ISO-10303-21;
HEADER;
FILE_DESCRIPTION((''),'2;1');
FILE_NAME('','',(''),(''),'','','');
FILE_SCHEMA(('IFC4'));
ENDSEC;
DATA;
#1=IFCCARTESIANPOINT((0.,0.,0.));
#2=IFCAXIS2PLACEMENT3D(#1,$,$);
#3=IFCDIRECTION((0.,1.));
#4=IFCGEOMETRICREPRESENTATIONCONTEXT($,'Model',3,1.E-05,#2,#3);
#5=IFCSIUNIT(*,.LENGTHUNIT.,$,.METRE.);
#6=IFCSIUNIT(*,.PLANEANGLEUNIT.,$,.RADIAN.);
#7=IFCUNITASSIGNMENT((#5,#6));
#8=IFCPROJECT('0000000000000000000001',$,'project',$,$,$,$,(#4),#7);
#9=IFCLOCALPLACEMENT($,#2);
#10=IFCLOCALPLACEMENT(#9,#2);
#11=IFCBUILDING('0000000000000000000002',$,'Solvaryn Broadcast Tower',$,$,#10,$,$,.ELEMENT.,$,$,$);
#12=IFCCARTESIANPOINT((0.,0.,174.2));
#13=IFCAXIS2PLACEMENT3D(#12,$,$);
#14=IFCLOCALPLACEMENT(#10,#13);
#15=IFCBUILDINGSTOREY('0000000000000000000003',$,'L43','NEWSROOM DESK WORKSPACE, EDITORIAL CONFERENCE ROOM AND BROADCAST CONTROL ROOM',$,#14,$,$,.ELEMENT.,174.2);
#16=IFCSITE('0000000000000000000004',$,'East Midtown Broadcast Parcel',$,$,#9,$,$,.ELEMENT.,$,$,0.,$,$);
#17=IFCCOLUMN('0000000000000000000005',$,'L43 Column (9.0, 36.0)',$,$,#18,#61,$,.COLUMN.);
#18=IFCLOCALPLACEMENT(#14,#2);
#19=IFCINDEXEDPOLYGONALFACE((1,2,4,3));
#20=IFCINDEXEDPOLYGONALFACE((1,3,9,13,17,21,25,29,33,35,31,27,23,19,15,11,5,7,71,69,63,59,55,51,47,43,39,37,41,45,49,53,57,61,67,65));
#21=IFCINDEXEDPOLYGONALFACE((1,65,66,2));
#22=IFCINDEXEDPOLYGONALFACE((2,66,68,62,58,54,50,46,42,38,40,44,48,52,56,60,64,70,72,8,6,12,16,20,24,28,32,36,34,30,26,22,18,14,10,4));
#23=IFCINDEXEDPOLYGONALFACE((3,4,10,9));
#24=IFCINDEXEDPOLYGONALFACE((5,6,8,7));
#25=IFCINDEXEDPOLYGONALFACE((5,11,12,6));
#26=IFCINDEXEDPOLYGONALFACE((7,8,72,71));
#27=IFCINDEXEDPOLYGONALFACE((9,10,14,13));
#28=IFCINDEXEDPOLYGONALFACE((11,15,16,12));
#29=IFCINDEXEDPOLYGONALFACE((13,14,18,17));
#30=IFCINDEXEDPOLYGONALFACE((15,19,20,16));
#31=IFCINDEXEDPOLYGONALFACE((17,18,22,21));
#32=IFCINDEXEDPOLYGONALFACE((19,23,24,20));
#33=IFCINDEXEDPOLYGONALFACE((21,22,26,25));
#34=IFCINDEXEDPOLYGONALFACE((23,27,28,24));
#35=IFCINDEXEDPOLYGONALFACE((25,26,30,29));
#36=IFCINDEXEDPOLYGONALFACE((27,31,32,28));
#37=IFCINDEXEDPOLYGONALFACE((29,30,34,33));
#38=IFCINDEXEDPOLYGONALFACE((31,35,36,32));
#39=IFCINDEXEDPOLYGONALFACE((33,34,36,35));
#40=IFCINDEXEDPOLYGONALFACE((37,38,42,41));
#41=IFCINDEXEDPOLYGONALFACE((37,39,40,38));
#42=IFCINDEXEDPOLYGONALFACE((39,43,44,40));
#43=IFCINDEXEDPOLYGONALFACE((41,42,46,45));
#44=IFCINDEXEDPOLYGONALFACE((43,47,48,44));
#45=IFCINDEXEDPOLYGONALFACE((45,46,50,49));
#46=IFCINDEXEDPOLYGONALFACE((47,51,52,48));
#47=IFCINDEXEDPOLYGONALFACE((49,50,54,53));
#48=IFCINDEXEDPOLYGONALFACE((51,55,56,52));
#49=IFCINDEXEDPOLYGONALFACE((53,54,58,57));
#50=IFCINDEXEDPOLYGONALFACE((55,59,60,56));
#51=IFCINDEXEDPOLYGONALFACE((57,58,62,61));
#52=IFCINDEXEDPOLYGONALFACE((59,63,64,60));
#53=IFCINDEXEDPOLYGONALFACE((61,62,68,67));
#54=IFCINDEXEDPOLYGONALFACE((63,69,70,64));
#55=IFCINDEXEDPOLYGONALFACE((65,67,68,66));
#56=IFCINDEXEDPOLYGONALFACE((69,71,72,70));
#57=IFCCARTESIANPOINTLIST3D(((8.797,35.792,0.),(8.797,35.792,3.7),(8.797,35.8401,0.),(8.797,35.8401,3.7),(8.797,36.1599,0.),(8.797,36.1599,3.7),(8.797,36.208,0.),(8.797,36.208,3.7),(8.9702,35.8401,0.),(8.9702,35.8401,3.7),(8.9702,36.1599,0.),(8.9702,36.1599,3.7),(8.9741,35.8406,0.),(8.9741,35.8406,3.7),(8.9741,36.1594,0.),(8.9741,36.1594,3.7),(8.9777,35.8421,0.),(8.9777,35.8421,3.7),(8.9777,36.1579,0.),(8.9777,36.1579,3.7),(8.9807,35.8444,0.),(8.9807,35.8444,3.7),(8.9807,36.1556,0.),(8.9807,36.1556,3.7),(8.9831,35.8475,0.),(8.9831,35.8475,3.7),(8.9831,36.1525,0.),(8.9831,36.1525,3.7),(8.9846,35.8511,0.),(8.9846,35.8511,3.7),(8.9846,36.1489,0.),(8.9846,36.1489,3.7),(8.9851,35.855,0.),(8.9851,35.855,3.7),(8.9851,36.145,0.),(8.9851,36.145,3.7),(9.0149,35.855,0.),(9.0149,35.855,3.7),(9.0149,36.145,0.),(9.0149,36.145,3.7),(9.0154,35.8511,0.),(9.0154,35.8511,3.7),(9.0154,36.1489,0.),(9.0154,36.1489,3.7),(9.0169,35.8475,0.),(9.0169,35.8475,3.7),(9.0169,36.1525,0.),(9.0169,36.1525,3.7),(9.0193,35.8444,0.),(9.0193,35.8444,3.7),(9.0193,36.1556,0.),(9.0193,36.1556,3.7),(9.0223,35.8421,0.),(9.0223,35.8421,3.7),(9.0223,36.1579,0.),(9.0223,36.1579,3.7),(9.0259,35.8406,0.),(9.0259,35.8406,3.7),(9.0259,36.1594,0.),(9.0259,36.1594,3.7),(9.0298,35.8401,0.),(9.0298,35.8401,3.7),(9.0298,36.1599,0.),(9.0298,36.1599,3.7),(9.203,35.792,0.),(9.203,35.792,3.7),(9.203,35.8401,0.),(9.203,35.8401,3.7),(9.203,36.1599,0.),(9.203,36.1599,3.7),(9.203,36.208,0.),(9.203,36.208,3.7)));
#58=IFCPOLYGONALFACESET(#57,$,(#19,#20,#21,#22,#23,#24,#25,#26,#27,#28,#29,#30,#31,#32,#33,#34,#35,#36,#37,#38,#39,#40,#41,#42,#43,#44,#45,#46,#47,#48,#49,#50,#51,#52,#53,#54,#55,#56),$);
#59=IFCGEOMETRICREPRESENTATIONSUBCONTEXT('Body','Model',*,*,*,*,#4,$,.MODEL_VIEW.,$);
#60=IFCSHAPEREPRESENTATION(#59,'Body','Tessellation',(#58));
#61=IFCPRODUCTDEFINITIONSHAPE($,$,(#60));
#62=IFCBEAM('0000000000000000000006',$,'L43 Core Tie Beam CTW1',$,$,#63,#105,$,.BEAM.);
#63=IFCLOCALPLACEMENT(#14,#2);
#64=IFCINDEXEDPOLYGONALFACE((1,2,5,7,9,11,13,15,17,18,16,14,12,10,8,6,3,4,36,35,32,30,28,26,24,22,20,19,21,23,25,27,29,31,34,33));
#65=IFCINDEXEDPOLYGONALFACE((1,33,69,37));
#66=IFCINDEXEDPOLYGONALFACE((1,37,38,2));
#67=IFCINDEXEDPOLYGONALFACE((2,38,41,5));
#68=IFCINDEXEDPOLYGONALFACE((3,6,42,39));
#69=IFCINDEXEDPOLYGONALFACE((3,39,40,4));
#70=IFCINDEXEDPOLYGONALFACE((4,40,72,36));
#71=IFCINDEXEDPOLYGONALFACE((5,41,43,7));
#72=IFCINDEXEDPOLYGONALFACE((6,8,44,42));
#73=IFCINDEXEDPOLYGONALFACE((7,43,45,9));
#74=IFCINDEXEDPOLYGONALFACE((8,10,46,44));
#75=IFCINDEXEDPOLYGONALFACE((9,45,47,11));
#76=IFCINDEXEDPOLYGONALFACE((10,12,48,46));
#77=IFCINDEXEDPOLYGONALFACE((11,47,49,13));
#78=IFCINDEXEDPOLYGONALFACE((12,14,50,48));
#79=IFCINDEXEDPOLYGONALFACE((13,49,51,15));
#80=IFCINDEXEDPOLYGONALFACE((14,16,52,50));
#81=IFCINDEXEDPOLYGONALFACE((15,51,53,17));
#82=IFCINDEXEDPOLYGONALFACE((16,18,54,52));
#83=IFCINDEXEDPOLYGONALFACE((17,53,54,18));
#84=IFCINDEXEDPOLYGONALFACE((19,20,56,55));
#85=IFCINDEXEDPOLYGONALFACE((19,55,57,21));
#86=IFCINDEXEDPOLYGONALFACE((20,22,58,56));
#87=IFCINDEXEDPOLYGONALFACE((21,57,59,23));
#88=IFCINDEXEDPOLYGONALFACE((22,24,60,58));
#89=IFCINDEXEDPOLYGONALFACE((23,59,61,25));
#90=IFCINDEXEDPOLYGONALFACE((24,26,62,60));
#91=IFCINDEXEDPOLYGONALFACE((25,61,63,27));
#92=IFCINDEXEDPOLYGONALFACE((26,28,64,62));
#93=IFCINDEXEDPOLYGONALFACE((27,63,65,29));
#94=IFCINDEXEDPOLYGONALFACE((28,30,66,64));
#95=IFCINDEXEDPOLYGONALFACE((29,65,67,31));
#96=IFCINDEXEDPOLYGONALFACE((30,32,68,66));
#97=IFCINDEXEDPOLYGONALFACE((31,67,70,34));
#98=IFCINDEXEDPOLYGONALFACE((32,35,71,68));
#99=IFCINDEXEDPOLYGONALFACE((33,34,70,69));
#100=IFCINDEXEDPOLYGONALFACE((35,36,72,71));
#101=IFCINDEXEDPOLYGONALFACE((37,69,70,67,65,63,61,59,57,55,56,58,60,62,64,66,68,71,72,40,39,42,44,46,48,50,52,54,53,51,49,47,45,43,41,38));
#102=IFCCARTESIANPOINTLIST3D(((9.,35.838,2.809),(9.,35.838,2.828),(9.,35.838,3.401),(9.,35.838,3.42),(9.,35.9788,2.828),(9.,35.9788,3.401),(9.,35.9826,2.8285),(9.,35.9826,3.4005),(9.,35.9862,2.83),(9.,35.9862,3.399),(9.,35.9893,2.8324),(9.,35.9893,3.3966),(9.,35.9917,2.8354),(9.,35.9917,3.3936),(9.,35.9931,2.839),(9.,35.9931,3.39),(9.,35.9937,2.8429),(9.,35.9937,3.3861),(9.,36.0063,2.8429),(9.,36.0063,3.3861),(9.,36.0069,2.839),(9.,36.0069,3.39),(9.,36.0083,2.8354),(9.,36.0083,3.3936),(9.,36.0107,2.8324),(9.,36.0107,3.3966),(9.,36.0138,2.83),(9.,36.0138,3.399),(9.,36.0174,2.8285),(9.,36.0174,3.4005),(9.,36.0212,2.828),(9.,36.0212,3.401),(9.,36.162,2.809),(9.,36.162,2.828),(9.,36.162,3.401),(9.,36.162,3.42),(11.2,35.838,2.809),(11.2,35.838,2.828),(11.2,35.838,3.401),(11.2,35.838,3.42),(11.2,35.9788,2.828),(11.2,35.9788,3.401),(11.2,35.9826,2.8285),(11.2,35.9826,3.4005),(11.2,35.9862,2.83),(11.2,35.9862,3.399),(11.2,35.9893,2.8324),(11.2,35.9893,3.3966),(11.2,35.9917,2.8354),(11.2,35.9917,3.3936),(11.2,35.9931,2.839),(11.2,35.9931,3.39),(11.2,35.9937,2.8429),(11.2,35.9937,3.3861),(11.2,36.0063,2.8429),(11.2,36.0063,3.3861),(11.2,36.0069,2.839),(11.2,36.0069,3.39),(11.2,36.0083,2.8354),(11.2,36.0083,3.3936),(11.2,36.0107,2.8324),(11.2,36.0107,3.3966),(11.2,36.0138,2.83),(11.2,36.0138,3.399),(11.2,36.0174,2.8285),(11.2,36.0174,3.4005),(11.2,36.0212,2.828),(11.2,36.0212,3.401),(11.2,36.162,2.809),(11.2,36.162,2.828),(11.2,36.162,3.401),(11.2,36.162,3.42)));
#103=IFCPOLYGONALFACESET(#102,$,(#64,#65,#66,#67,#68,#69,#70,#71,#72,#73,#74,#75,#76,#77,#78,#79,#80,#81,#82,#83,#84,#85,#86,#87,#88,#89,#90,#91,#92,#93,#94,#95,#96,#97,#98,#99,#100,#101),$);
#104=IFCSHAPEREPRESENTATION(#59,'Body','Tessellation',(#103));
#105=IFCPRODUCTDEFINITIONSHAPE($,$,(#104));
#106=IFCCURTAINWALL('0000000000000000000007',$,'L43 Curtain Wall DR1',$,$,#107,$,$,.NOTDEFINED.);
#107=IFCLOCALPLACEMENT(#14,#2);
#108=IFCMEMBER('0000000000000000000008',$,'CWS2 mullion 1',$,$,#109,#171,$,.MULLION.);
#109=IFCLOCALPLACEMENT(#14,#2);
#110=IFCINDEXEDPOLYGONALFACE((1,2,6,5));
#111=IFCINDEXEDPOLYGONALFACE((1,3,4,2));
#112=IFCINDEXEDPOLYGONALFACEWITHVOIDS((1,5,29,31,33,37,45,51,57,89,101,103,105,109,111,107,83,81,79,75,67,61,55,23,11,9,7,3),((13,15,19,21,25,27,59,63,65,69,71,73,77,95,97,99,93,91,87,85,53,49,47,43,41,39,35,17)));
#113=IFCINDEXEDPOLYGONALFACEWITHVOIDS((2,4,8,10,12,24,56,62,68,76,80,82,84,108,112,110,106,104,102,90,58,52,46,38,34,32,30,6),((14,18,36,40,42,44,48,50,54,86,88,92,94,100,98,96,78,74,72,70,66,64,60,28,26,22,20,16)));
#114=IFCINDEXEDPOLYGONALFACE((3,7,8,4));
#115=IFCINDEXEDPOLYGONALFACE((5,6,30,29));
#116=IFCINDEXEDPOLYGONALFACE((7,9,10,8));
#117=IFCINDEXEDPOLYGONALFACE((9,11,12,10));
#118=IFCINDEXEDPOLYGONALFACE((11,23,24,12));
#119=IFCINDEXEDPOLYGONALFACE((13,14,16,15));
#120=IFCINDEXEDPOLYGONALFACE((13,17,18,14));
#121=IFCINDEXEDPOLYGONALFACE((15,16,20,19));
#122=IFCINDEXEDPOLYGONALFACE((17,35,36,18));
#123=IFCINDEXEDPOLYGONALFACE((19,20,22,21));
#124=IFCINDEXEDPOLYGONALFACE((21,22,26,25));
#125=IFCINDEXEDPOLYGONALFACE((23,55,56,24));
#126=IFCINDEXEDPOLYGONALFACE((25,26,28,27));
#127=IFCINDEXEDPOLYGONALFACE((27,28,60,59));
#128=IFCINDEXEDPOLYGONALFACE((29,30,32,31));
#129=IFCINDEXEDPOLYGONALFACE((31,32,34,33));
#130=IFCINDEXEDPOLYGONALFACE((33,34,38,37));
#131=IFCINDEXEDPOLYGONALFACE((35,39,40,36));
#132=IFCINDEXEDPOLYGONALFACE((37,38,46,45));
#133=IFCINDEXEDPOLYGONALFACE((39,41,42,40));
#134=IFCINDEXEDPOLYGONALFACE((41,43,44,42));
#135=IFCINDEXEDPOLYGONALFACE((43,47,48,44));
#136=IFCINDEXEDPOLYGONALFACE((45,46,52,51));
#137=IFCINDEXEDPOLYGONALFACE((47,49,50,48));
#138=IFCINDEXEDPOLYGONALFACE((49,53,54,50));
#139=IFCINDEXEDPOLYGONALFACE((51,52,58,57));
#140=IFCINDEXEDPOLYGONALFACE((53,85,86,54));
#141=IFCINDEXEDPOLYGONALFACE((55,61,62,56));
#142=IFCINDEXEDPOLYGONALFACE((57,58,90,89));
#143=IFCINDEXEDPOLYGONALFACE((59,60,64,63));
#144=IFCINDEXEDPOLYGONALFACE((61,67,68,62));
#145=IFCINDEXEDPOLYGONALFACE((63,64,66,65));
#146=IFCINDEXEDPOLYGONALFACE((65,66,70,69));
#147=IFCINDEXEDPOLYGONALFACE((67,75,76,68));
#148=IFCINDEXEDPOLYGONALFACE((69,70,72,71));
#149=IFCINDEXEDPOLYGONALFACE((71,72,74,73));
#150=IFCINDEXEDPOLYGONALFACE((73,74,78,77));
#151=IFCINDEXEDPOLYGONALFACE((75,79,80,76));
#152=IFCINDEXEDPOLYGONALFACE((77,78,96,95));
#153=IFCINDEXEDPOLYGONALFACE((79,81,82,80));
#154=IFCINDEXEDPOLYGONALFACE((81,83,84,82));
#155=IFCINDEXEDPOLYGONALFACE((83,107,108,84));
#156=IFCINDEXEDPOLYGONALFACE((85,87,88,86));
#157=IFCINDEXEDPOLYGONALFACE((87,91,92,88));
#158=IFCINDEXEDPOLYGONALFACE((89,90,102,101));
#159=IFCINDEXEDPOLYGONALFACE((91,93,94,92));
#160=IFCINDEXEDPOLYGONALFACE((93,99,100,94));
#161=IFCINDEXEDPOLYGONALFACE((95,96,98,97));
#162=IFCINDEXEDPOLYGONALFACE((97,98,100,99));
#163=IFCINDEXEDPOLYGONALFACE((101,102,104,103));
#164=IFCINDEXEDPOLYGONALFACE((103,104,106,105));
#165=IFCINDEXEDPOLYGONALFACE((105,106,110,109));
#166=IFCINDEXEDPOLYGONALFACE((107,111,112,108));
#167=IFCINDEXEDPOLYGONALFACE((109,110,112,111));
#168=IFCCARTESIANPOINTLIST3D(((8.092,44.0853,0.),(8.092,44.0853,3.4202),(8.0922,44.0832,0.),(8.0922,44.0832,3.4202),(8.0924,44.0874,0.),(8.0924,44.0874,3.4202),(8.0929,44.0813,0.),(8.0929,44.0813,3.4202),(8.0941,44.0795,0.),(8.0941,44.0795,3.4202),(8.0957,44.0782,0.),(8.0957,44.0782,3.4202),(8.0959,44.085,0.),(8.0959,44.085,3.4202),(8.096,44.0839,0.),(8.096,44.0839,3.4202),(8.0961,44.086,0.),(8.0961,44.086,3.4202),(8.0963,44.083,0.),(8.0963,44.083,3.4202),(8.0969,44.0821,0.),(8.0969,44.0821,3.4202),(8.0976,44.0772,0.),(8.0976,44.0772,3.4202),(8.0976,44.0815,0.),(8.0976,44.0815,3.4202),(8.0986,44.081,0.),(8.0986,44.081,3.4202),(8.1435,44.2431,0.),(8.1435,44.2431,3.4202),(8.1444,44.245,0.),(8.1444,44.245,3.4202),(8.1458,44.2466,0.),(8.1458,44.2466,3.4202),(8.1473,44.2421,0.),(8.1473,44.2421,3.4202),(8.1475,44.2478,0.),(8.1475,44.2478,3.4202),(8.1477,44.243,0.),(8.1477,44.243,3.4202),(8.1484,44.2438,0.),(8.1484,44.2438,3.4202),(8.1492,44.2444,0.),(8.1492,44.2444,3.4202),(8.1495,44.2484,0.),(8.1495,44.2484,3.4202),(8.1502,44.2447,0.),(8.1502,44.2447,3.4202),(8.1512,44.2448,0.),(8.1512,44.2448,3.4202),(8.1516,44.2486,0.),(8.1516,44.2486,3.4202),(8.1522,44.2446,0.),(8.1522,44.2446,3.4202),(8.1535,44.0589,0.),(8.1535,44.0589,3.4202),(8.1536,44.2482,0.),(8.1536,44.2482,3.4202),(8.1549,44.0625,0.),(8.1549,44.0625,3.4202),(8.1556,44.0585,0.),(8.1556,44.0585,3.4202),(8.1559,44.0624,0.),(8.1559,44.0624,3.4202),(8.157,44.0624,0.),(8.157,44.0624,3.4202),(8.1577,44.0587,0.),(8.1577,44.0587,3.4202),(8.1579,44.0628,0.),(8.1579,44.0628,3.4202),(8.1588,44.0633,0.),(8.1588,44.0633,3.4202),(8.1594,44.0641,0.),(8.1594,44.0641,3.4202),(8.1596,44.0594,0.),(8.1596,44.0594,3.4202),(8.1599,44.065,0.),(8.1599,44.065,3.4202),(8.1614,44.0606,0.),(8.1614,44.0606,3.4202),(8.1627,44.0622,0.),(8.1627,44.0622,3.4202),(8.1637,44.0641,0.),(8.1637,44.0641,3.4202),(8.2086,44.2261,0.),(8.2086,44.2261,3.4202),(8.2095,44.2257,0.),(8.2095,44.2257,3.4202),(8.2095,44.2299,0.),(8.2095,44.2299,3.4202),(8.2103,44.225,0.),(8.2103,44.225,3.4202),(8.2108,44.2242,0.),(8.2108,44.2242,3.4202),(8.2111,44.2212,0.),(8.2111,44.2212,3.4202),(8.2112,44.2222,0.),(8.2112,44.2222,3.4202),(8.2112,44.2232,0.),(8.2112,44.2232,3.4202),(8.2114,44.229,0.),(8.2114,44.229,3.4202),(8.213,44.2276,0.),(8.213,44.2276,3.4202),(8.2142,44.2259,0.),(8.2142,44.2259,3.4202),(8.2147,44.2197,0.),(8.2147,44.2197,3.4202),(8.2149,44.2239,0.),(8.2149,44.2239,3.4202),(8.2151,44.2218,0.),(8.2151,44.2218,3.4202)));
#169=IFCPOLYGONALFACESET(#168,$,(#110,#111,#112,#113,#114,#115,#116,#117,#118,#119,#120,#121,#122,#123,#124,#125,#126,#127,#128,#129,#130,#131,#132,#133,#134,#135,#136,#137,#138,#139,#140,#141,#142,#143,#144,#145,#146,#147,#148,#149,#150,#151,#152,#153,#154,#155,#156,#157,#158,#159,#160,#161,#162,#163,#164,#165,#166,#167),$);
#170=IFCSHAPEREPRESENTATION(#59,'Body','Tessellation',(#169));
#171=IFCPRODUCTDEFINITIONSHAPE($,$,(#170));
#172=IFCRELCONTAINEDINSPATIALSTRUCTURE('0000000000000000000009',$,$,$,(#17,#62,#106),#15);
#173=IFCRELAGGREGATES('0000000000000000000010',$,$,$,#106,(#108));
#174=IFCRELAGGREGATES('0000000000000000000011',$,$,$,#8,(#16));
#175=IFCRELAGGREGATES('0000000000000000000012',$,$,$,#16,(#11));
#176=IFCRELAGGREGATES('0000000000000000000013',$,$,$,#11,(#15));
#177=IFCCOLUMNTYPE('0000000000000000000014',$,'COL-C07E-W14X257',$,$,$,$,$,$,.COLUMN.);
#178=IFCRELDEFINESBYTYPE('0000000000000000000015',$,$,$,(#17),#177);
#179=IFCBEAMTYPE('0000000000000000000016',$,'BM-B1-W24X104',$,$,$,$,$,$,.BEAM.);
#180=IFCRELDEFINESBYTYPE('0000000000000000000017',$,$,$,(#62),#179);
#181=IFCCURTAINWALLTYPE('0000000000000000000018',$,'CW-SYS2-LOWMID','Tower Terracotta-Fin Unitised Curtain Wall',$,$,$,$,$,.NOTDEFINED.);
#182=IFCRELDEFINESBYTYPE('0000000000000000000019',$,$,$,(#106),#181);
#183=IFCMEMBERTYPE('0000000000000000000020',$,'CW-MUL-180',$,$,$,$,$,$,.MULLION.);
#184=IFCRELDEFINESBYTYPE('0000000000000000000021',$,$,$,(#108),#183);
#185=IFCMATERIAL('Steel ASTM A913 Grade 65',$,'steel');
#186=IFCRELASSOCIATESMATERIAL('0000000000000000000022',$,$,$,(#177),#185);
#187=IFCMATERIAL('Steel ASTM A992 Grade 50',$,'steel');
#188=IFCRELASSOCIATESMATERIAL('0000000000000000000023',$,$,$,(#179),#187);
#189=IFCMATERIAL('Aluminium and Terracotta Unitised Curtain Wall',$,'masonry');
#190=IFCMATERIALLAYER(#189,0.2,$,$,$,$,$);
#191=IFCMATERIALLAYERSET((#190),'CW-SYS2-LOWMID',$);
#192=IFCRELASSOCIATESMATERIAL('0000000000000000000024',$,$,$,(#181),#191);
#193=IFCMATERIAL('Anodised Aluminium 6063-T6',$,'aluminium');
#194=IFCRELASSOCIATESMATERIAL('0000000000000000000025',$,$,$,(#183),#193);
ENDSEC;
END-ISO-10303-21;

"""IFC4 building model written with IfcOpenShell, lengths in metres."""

from ifc_helpers import new_model, si_unit, direction, frame, origin, origin_2d, place, context, subcontext, project, spatial, hollow_rectangle, i_section, extrude, material, layer, layer_set, material_profile, profile_set, type_object, element, aggregate, save


model = new_model("IFC4")

# Units and contexts
model_context = context("Model", 3, precision=1e-05, world=origin(), true_north=direction((0.0, 1.0)))
body_context = subcontext(model_context, "Body", "Model", "MODEL_VIEW")
ifc_project = project(units=[si_unit("LENGTHUNIT", "METRE"), si_unit("PLANEANGLEUNIT", "RADIAN")], contexts=[model_context])

# Site, building, storey
site_placement = place(None, origin())
site = spatial("IfcSite", under=ifc_project, at=site_placement, Name="East Midtown Broadcast Parcel", CompositionType="ELEMENT", RefElevation=0.0)
building_placement = place(site_placement, origin())
building = spatial("IfcBuilding", under=site, at=building_placement, Name="Solvaryn Broadcast Tower", CompositionType="ELEMENT")
storey_placement = place(building_placement, frame((0.0, 0.0, 174.2)))
storey = spatial("IfcBuildingStorey", under=building, at=storey_placement, Name="L43", Description="NEWSROOM DESK WORKSPACE, EDITORIAL CONFERENCE ROOM AND BROADCAST CONTROL ROOM", CompositionType="ELEMENT", Elevation=174.2)

# Column
ifc_material_1 = material(Name="Steel ASTM A913 Grade 65", Category="steel")
ifc_material_profile_1 = material_profile(ifc_material_1, i_section(OverallWidth=0.406, OverallDepth=0.416, WebThickness=0.0298, FlangeThickness=0.0481, FilletRadius=0.0149, at=origin_2d()))
ifc_profile_set_1 = profile_set([ifc_material_profile_1], Name="Steel ASTM A913 Grade 65")
column_type = type_object("IfcColumnType", Name="COL-C07E-W14X257", PredefinedType="COLUMN", material=ifc_profile_set_1)
column_placement = place(storey_placement, frame((9.0, 36.0, 0.0), z_axis=(0.0, 0.0, 1.0), x_axis=(1.0, 0.0, 0.0)))
element("IfcColumn", 1, at=column_placement, inside=storey, type_object=column_type, Name="L43 Column (9.0, 36.0)", PredefinedType="COLUMN", context=body_context, shape_type="SweptSolid", body=[
    extrude(i_section(OverallWidth=0.406, OverallDepth=0.416, WebThickness=0.0298, FlangeThickness=0.0481, FilletRadius=0.0149, at=origin_2d()), origin(), (0.0, 0.0, 1.0), 3.7),
])

# Beam
ifc_material_2 = material(Name="Steel ASTM A992 Grade 50", Category="steel")
ifc_material_profile_2 = material_profile(ifc_material_2, i_section(OverallWidth=0.324, OverallDepth=0.6111, WebThickness=0.0127, FlangeThickness=0.019, FilletRadius=0.0149, at=origin_2d()))
ifc_profile_set_2 = profile_set([ifc_material_profile_2], Name="Steel ASTM A992 Grade 50")
beam_type = type_object("IfcBeamType", Name="BM-B1-W24X104", PredefinedType="BEAM", material=ifc_profile_set_2)
beam_placement = place(storey_placement, frame((9.0, 36.0, 3.1145), z_axis=(1.0, 0.0, 0.0), x_axis=(0.0, 1.0, 0.0)))
element("IfcBeam", 2, at=beam_placement, inside=storey, type_object=beam_type, Name="L43 Core Tie Beam CTW1", PredefinedType="BEAM", context=body_context, shape_type="SweptSolid", body=[
    extrude(i_section(OverallWidth=0.324, OverallDepth=0.6111, WebThickness=0.0127, FlangeThickness=0.019, FilletRadius=0.0149, at=origin_2d()), origin(), (0.0, 0.0, 1.0), 2.2),
])

# Curtain wall, member
ifc_material_3 = material(Name="Aluminium and Terracotta Unitised Curtain Wall", Category="masonry")
ifc_layer_1 = layer(ifc_material_3, 0.2)
ifc_layer_set_1 = layer_set([ifc_layer_1], Name="CW-SYS2-LOWMID")
curtain_wall_type = type_object("IfcCurtainWallType", Name="CW-SYS2-LOWMID", Description="Tower Terracotta-Fin Unitised Curtain Wall", PredefinedType="NOTDEFINED", material=ifc_layer_set_1)
curtain_wall_1_placement = place(storey_placement, origin())
curtain_wall_1 = element("IfcCurtainWall", 3, at=curtain_wall_1_placement, inside=storey, type_object=curtain_wall_type, Name="L43 Curtain Wall DR1", PredefinedType="NOTDEFINED")
ifc_material_4 = material(Name="Anodised Aluminium 6063-T6", Category="aluminium")
ifc_material_profile_3 = material_profile(ifc_material_4, hollow_rectangle(XDim=0.075, YDim=0.1799, WallThickness=0.0039, InnerFilletRadius=0.0039, OuterFilletRadius=0.0081, at=origin_2d()))
ifc_profile_set_3 = profile_set([ifc_material_profile_3], Name="Anodised Aluminium 6063-T6")
member_type_1 = type_object("IfcMemberType", Name="CW-MUL-180", PredefinedType="MULLION", material=ifc_profile_set_3)
member_1_placement = place(storey_placement, frame((8.1536, 44.1536, 0.0), z_axis=(0.0, 0.0, 1.0), x_axis=(0.950227, -0.311559, 0.0)))
member_1 = element("IfcMember", 4, at=member_1_placement, type_object=member_type_1, Name="CWS2 mullion 1", PredefinedType="MULLION", context=body_context, shape_type="SweptSolid", body=[
    extrude(hollow_rectangle(XDim=0.075, YDim=0.1799, WallThickness=0.0039, InnerFilletRadius=0.0039, OuterFilletRadius=0.0081, at=origin_2d()), origin(), (0.0, 0.0, 1.0), 3.4202),
])

aggregate(curtain_wall_1, [member_1])

save(model, "model.ifc")
